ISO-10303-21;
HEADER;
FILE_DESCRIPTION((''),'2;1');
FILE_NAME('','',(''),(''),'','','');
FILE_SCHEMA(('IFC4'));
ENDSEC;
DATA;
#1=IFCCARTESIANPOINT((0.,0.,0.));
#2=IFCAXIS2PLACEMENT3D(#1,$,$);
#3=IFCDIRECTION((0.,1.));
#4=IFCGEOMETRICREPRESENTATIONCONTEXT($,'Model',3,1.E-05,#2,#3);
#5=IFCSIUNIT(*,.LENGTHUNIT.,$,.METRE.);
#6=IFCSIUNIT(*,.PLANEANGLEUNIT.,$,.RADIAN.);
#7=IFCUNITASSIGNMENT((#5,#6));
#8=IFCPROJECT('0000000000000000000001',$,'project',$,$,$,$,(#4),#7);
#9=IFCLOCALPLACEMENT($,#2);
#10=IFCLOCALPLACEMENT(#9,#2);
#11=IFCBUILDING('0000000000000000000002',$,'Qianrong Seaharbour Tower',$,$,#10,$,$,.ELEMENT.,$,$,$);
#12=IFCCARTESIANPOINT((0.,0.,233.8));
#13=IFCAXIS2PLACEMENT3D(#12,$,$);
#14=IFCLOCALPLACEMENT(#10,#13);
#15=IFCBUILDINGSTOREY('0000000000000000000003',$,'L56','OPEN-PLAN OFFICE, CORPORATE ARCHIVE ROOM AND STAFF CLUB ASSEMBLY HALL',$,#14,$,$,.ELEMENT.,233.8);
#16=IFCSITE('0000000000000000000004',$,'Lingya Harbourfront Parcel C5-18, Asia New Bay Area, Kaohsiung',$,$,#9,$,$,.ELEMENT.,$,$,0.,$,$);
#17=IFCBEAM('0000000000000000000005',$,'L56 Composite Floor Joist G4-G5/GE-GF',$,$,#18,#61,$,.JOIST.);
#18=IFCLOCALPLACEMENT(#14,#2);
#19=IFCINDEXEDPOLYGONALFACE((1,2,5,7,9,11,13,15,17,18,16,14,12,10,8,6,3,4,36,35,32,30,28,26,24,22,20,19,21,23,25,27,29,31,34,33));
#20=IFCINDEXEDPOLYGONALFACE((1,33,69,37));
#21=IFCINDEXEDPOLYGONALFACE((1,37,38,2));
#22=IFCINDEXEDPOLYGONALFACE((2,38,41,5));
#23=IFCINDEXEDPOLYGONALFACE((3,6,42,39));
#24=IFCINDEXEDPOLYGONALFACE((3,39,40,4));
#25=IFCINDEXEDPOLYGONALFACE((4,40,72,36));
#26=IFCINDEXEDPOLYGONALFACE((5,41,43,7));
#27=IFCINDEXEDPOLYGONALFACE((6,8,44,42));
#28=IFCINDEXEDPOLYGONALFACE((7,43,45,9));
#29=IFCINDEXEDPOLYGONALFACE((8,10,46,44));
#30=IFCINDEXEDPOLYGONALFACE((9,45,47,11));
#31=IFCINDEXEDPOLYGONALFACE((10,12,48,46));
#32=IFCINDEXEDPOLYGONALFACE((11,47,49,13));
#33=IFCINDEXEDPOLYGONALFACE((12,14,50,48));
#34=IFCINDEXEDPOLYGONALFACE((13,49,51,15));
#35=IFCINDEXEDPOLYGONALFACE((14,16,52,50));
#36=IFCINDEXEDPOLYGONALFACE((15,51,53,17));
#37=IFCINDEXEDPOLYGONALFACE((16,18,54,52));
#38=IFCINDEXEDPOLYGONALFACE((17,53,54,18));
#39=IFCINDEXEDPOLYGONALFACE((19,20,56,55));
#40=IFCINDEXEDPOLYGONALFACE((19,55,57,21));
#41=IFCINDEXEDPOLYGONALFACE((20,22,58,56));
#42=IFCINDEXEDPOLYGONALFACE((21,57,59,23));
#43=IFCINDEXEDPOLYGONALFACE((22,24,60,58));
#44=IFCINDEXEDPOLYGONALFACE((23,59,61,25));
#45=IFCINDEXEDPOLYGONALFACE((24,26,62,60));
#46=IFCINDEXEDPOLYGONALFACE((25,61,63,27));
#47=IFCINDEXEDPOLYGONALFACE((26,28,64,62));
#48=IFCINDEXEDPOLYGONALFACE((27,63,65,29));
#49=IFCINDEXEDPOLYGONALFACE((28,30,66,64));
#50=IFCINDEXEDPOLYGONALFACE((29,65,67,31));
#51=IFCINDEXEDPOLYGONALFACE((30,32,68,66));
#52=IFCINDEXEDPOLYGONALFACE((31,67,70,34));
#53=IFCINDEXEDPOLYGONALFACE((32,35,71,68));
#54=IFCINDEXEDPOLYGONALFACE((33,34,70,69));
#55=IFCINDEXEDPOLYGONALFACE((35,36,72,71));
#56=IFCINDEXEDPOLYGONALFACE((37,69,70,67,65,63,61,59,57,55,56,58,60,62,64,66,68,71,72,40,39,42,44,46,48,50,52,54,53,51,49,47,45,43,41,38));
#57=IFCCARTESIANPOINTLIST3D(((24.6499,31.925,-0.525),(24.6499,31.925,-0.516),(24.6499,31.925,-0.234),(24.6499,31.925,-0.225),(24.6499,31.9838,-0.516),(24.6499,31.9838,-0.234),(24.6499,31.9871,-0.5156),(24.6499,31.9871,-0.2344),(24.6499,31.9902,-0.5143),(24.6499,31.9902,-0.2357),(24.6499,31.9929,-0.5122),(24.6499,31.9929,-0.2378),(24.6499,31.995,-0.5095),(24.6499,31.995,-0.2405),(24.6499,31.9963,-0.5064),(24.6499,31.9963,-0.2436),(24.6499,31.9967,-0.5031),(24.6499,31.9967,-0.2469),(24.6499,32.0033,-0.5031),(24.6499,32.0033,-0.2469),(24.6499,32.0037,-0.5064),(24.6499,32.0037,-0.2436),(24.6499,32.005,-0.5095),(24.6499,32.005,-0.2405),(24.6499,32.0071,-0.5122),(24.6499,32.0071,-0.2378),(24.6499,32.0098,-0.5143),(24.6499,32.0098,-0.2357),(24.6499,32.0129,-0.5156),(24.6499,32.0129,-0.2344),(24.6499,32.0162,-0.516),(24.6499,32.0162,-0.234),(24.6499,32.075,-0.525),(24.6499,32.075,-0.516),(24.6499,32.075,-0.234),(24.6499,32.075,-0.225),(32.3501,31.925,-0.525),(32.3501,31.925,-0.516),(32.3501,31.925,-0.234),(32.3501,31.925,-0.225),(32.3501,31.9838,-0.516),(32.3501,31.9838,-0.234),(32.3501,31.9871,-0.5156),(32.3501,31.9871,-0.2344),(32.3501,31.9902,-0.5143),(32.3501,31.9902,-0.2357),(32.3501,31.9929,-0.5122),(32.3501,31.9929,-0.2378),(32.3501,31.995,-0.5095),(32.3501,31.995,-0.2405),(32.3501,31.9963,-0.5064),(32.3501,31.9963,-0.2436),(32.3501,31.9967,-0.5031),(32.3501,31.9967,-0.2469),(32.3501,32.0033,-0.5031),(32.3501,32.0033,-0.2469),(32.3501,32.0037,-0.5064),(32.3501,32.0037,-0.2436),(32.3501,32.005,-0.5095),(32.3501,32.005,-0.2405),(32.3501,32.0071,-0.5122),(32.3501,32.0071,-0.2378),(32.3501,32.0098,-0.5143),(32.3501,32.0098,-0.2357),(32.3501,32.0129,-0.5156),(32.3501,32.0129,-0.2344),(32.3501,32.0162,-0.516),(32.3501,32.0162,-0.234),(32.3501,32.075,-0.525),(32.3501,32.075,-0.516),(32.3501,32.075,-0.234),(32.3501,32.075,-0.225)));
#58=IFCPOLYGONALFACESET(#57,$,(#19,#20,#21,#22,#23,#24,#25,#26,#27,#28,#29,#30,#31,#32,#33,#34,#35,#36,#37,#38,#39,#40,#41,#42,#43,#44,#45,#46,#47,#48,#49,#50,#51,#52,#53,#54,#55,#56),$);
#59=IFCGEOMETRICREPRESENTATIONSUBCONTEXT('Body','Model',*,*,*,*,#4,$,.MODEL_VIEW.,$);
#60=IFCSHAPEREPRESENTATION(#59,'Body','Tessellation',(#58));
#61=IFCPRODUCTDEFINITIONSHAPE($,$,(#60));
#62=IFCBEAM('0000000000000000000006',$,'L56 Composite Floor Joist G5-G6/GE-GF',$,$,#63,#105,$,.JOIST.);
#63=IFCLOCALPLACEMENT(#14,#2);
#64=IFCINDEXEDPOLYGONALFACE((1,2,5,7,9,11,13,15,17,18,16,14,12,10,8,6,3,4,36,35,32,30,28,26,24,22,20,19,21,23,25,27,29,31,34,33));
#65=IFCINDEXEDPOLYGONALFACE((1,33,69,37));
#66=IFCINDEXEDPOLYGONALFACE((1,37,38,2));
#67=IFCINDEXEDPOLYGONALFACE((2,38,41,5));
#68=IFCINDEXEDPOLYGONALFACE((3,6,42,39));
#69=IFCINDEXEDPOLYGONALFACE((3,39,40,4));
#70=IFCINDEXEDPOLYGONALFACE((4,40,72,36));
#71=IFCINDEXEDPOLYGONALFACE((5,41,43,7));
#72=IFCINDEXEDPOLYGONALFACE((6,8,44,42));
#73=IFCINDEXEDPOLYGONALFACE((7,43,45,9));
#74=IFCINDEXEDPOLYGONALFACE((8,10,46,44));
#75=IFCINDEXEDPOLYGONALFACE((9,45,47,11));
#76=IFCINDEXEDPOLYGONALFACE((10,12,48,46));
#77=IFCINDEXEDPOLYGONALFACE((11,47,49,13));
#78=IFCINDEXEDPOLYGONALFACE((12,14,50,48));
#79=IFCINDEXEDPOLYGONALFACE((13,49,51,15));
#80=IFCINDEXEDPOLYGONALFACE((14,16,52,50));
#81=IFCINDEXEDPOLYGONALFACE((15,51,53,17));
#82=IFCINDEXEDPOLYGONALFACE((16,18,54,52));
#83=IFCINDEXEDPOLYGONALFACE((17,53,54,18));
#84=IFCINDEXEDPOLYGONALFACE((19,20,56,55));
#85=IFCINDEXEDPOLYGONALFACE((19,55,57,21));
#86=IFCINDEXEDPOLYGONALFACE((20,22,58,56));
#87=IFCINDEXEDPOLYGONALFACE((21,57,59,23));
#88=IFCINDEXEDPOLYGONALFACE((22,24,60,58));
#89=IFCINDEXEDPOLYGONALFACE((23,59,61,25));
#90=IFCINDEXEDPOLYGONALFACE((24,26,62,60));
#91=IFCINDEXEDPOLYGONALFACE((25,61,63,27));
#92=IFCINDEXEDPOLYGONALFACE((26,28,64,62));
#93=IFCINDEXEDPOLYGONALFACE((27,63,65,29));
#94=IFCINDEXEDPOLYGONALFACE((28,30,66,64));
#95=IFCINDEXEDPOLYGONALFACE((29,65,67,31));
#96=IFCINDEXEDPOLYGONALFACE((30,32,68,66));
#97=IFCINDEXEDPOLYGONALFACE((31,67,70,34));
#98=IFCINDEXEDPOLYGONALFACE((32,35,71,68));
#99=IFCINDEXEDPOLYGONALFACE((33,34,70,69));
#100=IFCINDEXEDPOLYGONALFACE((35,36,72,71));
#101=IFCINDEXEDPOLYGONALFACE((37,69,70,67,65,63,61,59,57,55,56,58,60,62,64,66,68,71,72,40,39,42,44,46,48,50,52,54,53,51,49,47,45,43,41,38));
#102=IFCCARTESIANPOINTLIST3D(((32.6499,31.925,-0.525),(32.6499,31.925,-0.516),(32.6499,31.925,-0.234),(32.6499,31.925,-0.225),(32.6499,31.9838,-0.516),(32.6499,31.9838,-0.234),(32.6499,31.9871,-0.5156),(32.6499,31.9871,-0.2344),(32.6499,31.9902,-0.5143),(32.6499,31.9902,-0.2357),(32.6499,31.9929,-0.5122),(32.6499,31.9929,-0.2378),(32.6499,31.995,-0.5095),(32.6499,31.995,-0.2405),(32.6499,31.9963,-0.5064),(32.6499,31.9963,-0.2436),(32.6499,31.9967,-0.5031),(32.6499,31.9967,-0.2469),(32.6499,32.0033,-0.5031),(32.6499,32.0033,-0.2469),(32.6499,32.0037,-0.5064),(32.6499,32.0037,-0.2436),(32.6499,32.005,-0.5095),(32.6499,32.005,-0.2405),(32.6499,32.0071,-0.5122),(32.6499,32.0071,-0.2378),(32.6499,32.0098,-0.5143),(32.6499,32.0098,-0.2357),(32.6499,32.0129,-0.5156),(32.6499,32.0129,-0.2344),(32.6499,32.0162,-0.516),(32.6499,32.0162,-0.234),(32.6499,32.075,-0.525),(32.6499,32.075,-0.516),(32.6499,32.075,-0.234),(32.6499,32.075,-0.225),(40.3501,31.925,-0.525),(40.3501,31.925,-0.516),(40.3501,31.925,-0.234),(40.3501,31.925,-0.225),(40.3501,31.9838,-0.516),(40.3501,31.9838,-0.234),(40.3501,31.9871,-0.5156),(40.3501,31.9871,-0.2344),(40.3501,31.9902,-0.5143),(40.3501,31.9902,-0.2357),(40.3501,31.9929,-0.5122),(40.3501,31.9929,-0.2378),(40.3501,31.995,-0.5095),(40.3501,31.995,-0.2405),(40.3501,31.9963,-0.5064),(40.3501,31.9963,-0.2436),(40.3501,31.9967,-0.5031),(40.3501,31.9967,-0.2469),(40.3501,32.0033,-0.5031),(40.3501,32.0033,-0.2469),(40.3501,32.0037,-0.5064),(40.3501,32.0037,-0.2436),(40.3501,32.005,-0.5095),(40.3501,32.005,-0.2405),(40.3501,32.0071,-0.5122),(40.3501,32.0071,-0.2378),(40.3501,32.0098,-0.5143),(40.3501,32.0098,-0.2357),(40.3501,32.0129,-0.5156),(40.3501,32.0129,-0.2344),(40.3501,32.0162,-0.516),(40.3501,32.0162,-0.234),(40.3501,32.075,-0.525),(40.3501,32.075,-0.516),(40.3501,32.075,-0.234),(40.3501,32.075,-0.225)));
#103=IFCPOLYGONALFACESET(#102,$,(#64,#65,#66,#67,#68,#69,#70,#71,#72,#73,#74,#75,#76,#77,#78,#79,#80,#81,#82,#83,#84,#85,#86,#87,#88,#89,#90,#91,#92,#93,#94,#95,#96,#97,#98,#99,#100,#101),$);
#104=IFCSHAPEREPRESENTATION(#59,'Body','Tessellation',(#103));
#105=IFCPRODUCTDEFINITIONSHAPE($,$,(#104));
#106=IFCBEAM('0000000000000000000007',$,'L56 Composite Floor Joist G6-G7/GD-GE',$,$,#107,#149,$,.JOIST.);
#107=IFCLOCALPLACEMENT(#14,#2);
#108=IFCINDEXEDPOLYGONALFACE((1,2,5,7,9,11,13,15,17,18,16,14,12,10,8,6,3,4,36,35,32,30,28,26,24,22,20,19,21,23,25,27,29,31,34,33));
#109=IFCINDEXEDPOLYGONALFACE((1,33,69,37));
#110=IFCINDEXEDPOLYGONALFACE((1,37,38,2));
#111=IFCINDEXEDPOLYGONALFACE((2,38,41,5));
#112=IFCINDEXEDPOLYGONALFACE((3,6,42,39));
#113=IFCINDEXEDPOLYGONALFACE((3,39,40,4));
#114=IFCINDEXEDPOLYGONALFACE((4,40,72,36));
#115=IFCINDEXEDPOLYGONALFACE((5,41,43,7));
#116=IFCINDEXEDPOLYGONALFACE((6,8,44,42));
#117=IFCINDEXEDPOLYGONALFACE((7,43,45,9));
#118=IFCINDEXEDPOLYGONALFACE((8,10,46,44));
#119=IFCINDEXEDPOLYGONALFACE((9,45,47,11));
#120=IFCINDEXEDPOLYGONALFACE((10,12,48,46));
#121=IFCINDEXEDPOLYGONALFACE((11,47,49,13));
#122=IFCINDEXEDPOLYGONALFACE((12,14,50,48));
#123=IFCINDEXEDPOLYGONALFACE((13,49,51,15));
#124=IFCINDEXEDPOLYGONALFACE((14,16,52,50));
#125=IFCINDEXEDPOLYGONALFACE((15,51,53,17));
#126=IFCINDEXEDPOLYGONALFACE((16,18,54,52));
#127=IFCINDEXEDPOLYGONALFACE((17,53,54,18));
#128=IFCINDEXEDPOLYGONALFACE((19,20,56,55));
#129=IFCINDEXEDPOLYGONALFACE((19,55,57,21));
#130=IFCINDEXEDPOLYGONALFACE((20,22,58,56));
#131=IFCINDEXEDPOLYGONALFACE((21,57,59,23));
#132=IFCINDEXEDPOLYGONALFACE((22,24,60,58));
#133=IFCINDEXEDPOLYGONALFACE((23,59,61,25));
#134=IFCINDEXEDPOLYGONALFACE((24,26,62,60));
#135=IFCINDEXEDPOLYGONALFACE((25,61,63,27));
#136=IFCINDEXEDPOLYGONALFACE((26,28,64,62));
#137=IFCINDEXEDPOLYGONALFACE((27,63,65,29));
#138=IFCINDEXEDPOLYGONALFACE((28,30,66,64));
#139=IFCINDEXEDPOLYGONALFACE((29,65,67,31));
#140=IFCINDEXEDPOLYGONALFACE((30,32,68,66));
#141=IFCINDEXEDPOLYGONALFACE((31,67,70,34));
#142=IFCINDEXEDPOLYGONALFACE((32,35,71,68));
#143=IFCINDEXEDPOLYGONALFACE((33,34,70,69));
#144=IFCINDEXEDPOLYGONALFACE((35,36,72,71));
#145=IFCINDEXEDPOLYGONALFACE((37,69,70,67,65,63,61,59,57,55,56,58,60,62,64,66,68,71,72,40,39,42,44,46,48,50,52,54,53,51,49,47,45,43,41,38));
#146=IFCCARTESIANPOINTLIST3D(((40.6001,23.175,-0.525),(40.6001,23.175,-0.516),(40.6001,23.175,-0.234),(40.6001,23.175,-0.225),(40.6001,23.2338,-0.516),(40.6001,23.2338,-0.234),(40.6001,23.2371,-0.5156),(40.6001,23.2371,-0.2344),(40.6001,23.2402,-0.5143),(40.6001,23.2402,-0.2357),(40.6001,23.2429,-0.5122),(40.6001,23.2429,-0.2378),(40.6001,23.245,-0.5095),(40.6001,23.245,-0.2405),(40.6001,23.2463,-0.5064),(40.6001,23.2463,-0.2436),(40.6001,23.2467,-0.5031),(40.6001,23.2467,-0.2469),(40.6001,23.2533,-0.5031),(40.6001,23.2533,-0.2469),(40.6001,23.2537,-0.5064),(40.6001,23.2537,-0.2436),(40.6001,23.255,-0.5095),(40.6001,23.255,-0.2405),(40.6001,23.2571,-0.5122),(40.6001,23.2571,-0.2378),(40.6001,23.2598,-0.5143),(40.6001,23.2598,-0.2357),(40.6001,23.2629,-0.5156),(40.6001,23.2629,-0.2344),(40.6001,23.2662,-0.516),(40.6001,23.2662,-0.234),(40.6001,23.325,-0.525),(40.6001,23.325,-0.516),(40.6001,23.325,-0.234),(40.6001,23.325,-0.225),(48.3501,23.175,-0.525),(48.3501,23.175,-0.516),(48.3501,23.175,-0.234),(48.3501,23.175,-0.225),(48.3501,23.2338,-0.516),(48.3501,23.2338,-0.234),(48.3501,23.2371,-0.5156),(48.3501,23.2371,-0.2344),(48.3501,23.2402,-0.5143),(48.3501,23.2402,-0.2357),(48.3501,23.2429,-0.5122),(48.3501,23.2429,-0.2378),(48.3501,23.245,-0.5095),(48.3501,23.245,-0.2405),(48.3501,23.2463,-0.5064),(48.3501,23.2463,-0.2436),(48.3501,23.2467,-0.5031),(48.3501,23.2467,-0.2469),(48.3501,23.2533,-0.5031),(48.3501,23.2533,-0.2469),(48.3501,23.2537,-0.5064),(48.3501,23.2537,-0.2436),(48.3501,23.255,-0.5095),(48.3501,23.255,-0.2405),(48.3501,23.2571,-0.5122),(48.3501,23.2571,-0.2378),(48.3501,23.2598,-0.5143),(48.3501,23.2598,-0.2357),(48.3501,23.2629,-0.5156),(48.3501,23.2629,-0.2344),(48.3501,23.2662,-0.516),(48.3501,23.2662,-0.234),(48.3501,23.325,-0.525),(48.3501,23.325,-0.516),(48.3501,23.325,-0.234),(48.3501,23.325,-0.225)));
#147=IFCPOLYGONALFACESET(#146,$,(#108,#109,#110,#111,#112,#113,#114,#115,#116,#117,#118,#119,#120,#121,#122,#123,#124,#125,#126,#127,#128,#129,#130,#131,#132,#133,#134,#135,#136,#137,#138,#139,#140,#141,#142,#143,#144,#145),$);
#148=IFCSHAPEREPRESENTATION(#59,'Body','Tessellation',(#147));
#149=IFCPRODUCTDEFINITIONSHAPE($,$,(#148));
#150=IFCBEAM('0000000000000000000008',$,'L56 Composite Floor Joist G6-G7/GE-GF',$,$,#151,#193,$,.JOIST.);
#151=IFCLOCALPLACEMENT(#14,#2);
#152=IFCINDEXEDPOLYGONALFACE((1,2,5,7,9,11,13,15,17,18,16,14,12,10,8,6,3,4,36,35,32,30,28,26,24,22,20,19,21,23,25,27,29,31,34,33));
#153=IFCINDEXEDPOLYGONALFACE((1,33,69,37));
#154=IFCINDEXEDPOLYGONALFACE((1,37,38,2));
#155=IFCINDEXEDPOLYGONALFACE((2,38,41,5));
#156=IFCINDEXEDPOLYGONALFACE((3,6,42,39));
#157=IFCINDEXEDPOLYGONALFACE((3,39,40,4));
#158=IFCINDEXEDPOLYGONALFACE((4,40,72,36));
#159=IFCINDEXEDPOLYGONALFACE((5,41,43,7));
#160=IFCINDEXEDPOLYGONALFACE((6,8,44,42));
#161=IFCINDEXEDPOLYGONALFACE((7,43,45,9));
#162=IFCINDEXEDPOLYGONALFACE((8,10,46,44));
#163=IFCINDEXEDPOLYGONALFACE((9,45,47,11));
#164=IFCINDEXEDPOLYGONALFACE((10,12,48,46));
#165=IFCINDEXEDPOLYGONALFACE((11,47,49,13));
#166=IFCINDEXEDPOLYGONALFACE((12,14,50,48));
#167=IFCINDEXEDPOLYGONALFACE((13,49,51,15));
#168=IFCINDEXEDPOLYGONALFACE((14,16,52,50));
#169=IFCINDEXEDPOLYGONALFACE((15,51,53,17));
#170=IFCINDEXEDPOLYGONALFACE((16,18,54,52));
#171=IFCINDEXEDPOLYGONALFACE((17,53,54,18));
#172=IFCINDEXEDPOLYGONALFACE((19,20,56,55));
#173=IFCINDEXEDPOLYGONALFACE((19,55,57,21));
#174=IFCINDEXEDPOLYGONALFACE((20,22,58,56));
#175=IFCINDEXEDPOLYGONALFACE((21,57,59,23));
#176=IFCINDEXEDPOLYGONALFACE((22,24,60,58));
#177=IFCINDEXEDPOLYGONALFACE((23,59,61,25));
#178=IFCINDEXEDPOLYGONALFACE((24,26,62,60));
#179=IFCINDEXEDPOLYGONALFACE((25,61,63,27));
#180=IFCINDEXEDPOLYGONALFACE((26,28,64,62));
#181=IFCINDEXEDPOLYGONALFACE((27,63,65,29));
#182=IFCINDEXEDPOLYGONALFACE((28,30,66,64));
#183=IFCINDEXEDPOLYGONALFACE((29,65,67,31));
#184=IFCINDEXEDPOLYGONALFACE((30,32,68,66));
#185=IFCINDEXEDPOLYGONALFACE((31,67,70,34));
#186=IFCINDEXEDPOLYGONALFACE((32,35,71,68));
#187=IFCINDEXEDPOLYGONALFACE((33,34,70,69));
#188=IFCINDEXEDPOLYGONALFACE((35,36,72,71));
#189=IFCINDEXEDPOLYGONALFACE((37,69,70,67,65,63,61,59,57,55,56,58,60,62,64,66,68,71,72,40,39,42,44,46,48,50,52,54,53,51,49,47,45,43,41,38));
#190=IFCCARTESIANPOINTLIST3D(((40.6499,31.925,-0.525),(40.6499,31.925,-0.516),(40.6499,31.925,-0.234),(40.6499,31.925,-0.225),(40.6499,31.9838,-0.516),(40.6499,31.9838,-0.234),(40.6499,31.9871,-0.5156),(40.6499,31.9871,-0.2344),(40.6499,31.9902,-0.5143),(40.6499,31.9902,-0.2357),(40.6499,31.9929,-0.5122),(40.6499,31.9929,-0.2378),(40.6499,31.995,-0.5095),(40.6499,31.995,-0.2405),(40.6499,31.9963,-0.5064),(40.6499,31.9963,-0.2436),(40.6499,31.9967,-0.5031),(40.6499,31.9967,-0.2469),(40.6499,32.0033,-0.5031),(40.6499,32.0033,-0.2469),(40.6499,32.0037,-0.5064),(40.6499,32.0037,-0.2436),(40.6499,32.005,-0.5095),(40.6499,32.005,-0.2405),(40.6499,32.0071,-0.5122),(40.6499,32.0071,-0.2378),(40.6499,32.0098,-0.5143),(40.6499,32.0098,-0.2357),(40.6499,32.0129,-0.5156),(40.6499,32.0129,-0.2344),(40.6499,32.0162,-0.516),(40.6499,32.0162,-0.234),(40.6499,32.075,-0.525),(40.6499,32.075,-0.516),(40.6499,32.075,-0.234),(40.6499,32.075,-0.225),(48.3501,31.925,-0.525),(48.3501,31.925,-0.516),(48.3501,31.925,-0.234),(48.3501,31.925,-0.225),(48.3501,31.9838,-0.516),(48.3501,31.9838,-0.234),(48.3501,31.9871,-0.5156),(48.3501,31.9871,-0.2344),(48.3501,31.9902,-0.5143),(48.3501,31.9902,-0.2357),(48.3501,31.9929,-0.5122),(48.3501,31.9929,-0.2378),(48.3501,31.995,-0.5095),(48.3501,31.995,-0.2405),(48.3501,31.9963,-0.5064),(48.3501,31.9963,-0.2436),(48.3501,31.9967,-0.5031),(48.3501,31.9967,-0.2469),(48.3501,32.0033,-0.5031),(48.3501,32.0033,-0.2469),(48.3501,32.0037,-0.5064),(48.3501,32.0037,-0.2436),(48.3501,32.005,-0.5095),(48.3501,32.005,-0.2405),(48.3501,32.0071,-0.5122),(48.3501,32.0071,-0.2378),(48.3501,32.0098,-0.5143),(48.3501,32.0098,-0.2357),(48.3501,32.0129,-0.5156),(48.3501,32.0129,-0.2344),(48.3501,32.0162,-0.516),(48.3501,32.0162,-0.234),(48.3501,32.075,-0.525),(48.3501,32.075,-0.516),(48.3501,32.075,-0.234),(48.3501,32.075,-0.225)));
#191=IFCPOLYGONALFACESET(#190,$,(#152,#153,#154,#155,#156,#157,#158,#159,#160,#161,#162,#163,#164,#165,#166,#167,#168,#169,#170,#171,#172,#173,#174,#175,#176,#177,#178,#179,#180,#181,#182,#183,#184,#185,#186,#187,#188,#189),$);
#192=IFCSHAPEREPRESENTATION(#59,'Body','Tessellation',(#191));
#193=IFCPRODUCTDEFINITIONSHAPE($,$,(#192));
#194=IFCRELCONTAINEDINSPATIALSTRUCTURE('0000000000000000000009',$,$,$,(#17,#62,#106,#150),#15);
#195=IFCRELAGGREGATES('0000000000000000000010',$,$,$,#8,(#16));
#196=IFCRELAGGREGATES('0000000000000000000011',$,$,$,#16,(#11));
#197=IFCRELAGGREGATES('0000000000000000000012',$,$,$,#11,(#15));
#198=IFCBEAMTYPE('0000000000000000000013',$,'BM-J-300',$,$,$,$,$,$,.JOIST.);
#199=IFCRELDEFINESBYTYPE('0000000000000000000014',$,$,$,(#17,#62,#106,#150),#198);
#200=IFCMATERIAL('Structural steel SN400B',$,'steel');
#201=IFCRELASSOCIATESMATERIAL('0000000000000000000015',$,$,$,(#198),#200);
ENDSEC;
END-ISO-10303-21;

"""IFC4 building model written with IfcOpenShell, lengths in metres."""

from ifc_helpers import new_model, si_unit, direction, frame, origin, origin_2d, place, context, subcontext, project, spatial, i_section, extrude, material, material_profile, profile_set, type_object, element, save


model = new_model("IFC4")

# Units and contexts
model_context = context("Model", 3, precision=1e-05, world=origin(), true_north=direction((0.0, 1.0)))
body_context = subcontext(model_context, "Body", "Model", "MODEL_VIEW")
ifc_project = project(units=[si_unit("LENGTHUNIT", "METRE"), si_unit("PLANEANGLEUNIT", "RADIAN")], contexts=[model_context])

# Site, building, storey
site_placement = place(None, origin())
site = spatial("IfcSite", under=ifc_project, at=site_placement, Name="Lingya Harbourfront Parcel C5-18, Asia New Bay Area, Kaohsiung", CompositionType="ELEMENT", RefElevation=0.0)
building_placement = place(site_placement, origin())
building = spatial("IfcBuilding", under=site, at=building_placement, Name="Qianrong Seaharbour Tower", CompositionType="ELEMENT")
storey_placement = place(building_placement, frame((0.0, 0.0, 233.8)))
storey = spatial("IfcBuildingStorey", under=building, at=storey_placement, Name="L56", Description="OPEN-PLAN OFFICE, CORPORATE ARCHIVE ROOM AND STAFF CLUB ASSEMBLY HALL", CompositionType="ELEMENT", Elevation=233.8)

# Beams
ifc_material_1 = material(Name="Structural steel SN400B", Category="steel")
ifc_material_profile_1 = material_profile(ifc_material_1, i_section(OverallWidth=0.1499, OverallDepth=0.3, WebThickness=0.0066, FlangeThickness=0.009, FilletRadius=0.0129, at=origin_2d()), Name="H300x150x6.5x9")
ifc_profile_set_1 = profile_set([ifc_material_profile_1], Name="Structural steel SN400B")
beam_type_1 = type_object("IfcBeamType", Name="BM-J-300", PredefinedType="JOIST", material=ifc_profile_set_1)
for number, where, z_axis, x_axis, name in (
    (1, (24.6499, 32.0, -0.375), (1.0, 0.0, 0.0), (0.0, 1.0, 0.0), "L56 Composite Floor Joist G4-G5/GE-GF"),
    (2, (32.6499, 32.0, -0.375), (1.0, 0.0, 0.0), (0.0, 1.0, 0.0), "L56 Composite Floor Joist G5-G6/GE-GF"),
):
    element("IfcBeam", number, at=place(storey_placement, frame(where, z_axis=z_axis, x_axis=x_axis)), inside=storey, type_object=beam_type_1, Name=name, PredefinedType="JOIST", context=body_context, shape_type="SweptSolid", body=[
        extrude(i_section(OverallWidth=0.1499, OverallDepth=0.3, WebThickness=0.0066, FlangeThickness=0.009, FilletRadius=0.0129, at=origin_2d()), origin(), (0.0, 0.0, 1.0), 7.7002),
    ])
beam_1_placement = place(storey_placement, frame((40.6001, 23.25, -0.375), z_axis=(1.0, 0.0, 0.0), x_axis=(0.0, 1.0, 0.0)))
element("IfcBeam", 3, at=beam_1_placement, inside=storey, type_object=beam_type_1, Name="L56 Composite Floor Joist G6-G7/GD-GE", PredefinedType="JOIST", context=body_context, shape_type="SweptSolid", body=[
    extrude(i_section(OverallWidth=0.1499, OverallDepth=0.3, WebThickness=0.0066, FlangeThickness=0.009, FilletRadius=0.0129, at=origin_2d()), origin(), (0.0, 0.0, 1.0), 7.75),
])
beam_2_placement = place(storey_placement, frame((40.6499, 32.0, -0.375), z_axis=(1.0, 0.0, 0.0), x_axis=(0.0, 1.0, 0.0)))
element("IfcBeam", 4, at=beam_2_placement, inside=storey, type_object=beam_type_1, Name="L56 Composite Floor Joist G6-G7/GE-GF", PredefinedType="JOIST", context=body_context, shape_type="SweptSolid", body=[
    extrude(i_section(OverallWidth=0.1499, OverallDepth=0.3, WebThickness=0.0066, FlangeThickness=0.009, FilletRadius=0.0129, at=origin_2d()), origin(), (0.0, 0.0, 1.0), 7.7002),
])

save(model, "model.ifc")
